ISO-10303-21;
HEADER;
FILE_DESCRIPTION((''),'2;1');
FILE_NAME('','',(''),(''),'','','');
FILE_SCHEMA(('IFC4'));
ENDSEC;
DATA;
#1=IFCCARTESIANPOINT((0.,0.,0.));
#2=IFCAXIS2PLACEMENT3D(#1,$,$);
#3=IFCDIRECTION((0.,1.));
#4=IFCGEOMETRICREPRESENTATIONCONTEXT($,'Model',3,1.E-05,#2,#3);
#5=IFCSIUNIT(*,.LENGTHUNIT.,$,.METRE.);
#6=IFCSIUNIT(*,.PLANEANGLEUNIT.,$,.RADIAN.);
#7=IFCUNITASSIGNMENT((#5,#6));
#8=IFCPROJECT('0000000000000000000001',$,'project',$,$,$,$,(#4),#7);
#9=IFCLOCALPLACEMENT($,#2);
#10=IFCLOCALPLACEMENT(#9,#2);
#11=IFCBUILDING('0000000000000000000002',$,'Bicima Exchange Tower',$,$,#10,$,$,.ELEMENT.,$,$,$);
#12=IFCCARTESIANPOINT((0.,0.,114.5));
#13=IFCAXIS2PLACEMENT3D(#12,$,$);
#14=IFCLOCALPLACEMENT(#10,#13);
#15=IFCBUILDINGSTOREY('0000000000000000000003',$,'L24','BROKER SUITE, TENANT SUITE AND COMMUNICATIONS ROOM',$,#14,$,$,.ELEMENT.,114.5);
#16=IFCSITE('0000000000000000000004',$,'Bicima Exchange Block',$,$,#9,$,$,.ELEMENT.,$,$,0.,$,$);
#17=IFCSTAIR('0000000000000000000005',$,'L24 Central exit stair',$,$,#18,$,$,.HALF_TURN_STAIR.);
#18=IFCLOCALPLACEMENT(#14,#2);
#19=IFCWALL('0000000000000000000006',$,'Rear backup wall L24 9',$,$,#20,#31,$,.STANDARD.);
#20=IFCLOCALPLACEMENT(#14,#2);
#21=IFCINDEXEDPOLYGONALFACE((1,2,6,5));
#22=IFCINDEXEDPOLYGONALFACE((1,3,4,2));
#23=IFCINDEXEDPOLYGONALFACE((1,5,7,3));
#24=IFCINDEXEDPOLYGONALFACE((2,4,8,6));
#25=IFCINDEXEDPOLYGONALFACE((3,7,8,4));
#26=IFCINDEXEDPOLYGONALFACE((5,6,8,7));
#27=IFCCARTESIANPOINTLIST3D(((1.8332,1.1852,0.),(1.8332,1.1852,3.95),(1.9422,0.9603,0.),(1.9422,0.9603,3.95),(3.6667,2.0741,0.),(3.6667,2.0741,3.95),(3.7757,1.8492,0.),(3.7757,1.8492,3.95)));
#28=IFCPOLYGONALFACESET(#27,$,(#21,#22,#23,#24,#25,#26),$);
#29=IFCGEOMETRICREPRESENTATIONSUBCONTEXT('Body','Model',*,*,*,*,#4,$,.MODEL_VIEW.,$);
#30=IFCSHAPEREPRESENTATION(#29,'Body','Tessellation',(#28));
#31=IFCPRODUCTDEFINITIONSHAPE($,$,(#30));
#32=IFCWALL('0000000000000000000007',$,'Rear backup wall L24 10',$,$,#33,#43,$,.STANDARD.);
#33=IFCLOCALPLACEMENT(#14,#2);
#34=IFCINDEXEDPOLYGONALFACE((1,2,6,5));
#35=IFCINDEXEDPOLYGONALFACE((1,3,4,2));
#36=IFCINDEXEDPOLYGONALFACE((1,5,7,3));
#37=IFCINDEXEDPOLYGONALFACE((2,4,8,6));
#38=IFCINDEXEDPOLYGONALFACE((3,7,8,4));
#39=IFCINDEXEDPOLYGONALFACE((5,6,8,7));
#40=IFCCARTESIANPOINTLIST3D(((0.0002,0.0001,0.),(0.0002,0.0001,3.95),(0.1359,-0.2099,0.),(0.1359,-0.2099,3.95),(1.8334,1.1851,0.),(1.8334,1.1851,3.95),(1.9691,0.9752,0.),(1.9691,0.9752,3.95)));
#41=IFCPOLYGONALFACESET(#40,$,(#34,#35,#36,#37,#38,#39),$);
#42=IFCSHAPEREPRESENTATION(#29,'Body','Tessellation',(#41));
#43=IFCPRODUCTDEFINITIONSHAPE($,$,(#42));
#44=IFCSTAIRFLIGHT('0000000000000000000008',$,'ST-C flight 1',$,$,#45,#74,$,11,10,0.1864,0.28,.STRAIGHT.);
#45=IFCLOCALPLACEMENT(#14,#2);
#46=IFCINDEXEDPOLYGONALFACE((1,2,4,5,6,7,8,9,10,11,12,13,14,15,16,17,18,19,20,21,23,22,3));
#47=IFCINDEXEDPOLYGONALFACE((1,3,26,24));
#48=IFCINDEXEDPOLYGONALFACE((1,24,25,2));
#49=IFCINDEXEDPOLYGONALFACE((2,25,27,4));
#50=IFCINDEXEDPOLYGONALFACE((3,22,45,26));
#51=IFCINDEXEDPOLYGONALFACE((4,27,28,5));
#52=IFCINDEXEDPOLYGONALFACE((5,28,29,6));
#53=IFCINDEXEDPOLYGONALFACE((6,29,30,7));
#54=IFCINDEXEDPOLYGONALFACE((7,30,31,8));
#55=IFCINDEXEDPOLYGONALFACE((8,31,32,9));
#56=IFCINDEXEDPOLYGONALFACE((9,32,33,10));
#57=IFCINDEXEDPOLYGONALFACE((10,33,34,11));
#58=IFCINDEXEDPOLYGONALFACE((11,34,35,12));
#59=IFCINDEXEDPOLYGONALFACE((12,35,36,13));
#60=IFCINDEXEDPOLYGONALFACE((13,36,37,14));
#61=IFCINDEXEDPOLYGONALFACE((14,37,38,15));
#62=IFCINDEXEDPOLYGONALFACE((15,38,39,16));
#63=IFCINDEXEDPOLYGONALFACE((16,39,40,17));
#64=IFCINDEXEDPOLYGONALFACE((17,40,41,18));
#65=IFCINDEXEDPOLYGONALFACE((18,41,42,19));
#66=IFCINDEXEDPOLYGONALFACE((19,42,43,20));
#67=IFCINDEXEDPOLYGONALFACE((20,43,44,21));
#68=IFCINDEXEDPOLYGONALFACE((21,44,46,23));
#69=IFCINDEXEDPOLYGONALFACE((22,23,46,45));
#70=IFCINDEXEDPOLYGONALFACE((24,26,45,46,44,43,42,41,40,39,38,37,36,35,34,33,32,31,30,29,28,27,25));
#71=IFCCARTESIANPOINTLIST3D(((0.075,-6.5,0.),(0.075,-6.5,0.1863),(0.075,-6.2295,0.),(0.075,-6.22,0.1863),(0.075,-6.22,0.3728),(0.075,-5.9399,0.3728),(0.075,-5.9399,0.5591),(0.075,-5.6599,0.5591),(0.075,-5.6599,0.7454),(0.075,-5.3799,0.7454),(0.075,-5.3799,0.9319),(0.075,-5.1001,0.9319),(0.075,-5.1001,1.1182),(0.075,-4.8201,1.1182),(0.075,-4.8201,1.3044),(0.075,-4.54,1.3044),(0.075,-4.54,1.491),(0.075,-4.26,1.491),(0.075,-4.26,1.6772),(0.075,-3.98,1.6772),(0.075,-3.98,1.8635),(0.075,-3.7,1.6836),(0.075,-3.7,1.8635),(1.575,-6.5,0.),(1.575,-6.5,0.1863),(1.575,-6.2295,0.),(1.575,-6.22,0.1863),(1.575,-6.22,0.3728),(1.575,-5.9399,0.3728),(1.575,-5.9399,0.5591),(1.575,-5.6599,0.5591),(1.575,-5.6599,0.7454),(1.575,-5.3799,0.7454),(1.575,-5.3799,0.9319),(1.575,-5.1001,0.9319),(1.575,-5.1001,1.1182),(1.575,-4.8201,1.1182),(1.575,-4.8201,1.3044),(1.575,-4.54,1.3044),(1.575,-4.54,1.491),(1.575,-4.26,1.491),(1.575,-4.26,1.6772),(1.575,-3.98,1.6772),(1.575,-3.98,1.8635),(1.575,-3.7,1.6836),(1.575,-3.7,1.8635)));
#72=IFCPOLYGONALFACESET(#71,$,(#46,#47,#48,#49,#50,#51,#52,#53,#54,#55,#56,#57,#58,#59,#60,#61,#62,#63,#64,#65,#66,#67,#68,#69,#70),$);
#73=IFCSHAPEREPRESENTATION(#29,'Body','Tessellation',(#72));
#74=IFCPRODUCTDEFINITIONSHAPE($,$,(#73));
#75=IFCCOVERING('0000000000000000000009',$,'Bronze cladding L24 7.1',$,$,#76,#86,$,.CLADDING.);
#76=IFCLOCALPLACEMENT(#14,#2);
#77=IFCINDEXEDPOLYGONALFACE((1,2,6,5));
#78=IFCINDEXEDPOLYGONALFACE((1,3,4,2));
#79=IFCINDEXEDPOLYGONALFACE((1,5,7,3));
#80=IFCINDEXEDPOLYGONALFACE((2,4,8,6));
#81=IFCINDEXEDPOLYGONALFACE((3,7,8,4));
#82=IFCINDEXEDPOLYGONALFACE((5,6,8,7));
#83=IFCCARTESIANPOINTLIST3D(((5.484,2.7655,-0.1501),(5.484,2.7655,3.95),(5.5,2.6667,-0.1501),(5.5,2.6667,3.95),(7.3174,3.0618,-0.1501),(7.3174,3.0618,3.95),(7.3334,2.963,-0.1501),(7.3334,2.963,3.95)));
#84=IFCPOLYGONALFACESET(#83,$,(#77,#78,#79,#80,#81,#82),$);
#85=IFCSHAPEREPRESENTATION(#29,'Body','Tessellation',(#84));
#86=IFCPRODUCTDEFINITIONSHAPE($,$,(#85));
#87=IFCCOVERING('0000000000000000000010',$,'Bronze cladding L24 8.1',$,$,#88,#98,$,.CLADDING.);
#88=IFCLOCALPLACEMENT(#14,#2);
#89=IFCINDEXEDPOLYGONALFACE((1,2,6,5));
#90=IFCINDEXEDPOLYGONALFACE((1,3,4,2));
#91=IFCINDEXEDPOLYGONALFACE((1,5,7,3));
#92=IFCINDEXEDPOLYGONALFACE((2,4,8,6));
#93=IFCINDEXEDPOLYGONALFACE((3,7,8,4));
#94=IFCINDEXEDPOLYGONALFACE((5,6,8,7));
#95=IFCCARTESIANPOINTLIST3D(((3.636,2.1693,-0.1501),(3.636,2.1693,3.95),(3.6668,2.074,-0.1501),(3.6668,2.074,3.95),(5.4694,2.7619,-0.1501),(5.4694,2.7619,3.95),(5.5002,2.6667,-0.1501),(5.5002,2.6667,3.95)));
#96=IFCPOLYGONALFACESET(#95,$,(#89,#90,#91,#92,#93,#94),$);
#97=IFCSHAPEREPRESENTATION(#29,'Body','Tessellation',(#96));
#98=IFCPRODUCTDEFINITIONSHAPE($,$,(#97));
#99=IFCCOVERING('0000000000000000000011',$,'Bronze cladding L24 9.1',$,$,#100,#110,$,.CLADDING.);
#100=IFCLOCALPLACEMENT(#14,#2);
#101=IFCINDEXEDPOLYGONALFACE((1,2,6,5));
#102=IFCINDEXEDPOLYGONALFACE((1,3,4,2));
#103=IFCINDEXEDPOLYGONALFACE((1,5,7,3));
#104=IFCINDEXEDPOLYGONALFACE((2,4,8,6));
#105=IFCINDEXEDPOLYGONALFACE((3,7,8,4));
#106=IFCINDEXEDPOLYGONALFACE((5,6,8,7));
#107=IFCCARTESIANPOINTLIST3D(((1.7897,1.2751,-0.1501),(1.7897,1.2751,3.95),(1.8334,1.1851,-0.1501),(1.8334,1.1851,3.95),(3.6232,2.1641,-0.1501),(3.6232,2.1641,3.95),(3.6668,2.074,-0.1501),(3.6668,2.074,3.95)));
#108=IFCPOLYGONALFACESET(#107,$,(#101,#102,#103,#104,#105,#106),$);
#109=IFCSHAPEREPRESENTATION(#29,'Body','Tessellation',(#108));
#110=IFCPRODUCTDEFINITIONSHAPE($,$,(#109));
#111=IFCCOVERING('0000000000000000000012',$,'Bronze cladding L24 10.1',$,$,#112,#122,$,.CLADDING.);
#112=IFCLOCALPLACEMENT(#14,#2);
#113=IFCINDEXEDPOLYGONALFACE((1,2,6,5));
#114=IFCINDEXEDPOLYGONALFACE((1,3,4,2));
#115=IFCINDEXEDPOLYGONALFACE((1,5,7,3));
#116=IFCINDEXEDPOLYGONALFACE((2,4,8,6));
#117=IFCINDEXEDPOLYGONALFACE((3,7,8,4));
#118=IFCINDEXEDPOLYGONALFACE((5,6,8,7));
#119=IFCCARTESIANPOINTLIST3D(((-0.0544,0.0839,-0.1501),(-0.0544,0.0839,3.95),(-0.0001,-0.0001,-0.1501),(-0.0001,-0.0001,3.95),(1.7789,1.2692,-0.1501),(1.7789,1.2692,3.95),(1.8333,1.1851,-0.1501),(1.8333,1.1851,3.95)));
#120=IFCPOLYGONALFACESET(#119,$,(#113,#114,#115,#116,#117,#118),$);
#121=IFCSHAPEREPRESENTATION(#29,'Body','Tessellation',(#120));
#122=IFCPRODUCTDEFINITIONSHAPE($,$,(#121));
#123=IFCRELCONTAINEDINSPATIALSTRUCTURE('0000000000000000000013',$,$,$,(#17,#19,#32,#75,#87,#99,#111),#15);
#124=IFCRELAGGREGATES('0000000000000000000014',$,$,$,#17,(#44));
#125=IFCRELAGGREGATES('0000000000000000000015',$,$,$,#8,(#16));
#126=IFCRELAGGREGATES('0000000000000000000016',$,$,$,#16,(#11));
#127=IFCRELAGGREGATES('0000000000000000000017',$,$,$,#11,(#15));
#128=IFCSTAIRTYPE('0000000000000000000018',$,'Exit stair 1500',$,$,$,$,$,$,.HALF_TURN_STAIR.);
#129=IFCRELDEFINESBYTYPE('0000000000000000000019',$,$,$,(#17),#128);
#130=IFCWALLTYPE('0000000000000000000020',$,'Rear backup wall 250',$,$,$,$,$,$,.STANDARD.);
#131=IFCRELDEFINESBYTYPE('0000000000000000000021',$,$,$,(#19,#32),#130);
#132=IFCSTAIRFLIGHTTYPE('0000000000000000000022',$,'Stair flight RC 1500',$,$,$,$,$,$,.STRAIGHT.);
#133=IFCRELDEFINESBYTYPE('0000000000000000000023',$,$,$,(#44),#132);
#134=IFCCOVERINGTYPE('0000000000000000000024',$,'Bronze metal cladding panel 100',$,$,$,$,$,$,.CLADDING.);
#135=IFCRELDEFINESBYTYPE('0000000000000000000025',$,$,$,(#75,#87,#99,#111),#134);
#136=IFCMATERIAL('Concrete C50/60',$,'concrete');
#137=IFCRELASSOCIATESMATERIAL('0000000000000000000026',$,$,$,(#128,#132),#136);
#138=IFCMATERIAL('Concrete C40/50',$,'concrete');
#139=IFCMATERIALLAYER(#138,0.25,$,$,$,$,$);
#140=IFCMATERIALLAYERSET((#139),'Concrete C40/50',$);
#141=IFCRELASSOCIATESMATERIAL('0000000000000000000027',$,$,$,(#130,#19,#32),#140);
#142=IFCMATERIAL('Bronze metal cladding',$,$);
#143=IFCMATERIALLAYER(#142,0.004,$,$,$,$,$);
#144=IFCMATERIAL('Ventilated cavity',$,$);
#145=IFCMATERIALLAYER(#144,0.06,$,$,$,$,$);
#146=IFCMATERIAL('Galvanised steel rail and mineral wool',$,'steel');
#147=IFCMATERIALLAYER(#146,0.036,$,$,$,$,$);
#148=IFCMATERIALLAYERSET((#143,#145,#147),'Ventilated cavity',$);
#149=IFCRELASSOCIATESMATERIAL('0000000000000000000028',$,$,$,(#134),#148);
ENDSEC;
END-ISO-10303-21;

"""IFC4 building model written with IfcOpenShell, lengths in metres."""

from ifc_helpers import new_model, si_unit, direction, frame, frame_2d, origin, origin_2d, place, context, subcontext, project, spatial, polyline, rectangle, outline, extrude, material, layer, layer_set, layer_usage, type_object, element, aggregate, save


model = new_model("IFC4")

# Units and contexts
model_context = context("Model", 3, precision=1e-05, world=origin(), true_north=direction((0.0, 1.0)))
body_context = subcontext(model_context, "Body", "Model", "MODEL_VIEW")
ifc_project = project(units=[si_unit("LENGTHUNIT", "METRE"), si_unit("PLANEANGLEUNIT", "RADIAN")], contexts=[model_context])

# Site, building, storey
site_placement = place(None, origin())
site = spatial("IfcSite", under=ifc_project, at=site_placement, Name="Bicima Exchange Block", CompositionType="ELEMENT", RefElevation=0.0)
building_placement = place(site_placement, origin())
building = spatial("IfcBuilding", under=site, at=building_placement, Name="Bicima Exchange Tower", CompositionType="ELEMENT")
storey_placement = place(building_placement, frame((0.0, 0.0, 114.5)))
storey = spatial("IfcBuildingStorey", under=building, at=storey_placement, Name="L24", Description="BROKER SUITE, TENANT SUITE AND COMMUNICATIONS ROOM", CompositionType="ELEMENT", Elevation=114.5)

# Shared definitions
ifc_material_1 = material(Name="Concrete C40/50", Category="concrete")

# Stair
ifc_material_2 = material(Name="Concrete C50/60", Category="concrete")
stair_type_1 = type_object("IfcStairType", Name="Exit stair 1500", PredefinedType="HALF_TURN_STAIR", material=ifc_material_2)
stair_1_placement = place(storey_placement, origin())
stair_1 = element("IfcStair", 1, at=stair_1_placement, inside=storey, type_object=stair_type_1, Name="L24 Central exit stair", PredefinedType="HALF_TURN_STAIR")

# Walls
ifc_layer_1 = layer(ifc_material_1, 0.25)
ifc_layer_set_1 = layer_set([ifc_layer_1], Name="Concrete C40/50")
ifc_layer_usage = layer_usage(ifc_layer_set_1, "AXIS2", "POSITIVE", -0.125)
wall_type_1 = type_object("IfcWallType", Name="Rear backup wall 250", PredefinedType="STANDARD", material=ifc_layer_set_1)
wall_1_placement = place(storey_placement, frame((3.7212, 1.9617, 0.0), z_axis=(0.0, 0.0, 1.0), x_axis=(-0.899824, -0.436253, 0.0)))
element("IfcWall", 2, at=wall_1_placement, inside=storey, type_object=wall_type_1, material=ifc_layer_usage, Name="Rear backup wall L24 9", PredefinedType="STANDARD", context=body_context, shape_type="SweptSolid", body=[
    extrude(rectangle(XDim=2.0376, YDim=0.25, at=frame_2d((1.0188, 0.0))), origin(), (0.0, 0.0, 1.0), 3.95),
])
wall_2_placement = place(storey_placement, frame((1.9011, 1.0801, 0.0), z_axis=(0.0, 0.0, 1.0), x_axis=(-0.839813, -0.542876, 0.0)))
element("IfcWall", 3, at=wall_2_placement, inside=storey, type_object=wall_type_1, material=ifc_layer_usage, Name="Rear backup wall L24 10", PredefinedType="STANDARD", context=body_context, shape_type="SweptSolid", body=[
    extrude(rectangle(XDim=2.1829, YDim=0.25, at=frame_2d((1.0913, 0.0))), origin(), (0.0, 0.0, 1.0), 3.95),
])

# Stair flight
stair_flight_type = type_object("IfcStairFlightType", Name="Stair flight RC 1500", PredefinedType="STRAIGHT", material=ifc_material_2)
stair_flight_placement = place(storey_placement, frame((0.825, -6.5, 0.0), z_axis=(0.0, 0.0, 1.0), x_axis=(0.0, 1.0, 0.0)))
stair_flight = element("IfcStairFlight", 4, at=stair_flight_placement, type_object=stair_flight_type, Name="ST-C flight 1", NumberOfRisers=11, NumberOfTreads=10, PredefinedType="STRAIGHT", RiserHeight=0.1864, TreadLength=0.28, context=body_context, shape_type="SweptSolid", body=[
    extrude(outline(polyline([(0.0, 0.0), (0.0, 0.1863), (0.28, 0.1863), (0.28, 0.3728), (0.5601, 0.3728), (0.5601, 0.5591), (0.8401, 0.5591), (0.8401, 0.7454), (1.1201, 0.7454), (1.1201, 0.9319), (1.3999, 0.9319), (1.3999, 1.1182), (1.6799, 1.1182), (1.6799, 1.3044), (1.96, 1.3044), (1.96, 1.491), (2.24, 1.491), (2.24, 1.6772), (2.52, 1.6772), (2.52, 1.8635), (2.8, 1.8635), (2.8, 2.05), (2.8, 1.6836), (0.2705, 0.0), (0.0, 0.0)])), frame((0.0, 0.75, 0.0), z_axis=(0.0, -1.0, 0.0), x_axis=(1.0, 0.0, 0.0)), (0.0, 0.0, 1.0), 1.5),
])
aggregate(stair_1, [stair_flight])

# Coverings
ifc_material_3 = material(Name="Bronze metal cladding")
ifc_layer_2 = layer(ifc_material_3, 0.004)
ifc_material_4 = material(Name="Ventilated cavity")
ifc_layer_3 = layer(ifc_material_4, 0.06)
ifc_material_5 = material(Name="Galvanised steel rail and mineral wool", Category="steel")
ifc_layer_4 = layer(ifc_material_5, 0.036)
ifc_layer_set_2 = layer_set([ifc_layer_2, ifc_layer_3, ifc_layer_4], Name="Ventilated cavity")
covering_type = type_object("IfcCoveringType", Name="Bronze metal cladding panel 100", PredefinedType="CLADDING", material=ifc_layer_set_2)
covering_1_placement = place(storey_placement, frame((6.4087, 2.8643, -0.1501), z_axis=(0.0, 0.0, 1.0), x_axis=(-0.98719, -0.15955, 0.0)))
element("IfcCovering", 5, at=covering_1_placement, inside=storey, type_object=covering_type, Name="Bronze cladding L24 7.1", PredefinedType="CLADDING", context=body_context, shape_type="SweptSolid", body=[
    extrude(rectangle(XDim=1.8572, YDim=0.1001, at=origin_2d()), origin(), (0.0, 0.0, 1.0), 4.1001),
])
covering_2_placement = place(storey_placement, frame((4.5681, 2.418, -0.1501), z_axis=(0.0, 0.0, 1.0), x_axis=(-0.951525, -0.307573, 0.0)))
element("IfcCovering", 6, at=covering_2_placement, inside=storey, type_object=covering_type, Name="Bronze cladding L24 8.1", PredefinedType="CLADDING", context=body_context, shape_type="SweptSolid", body=[
    extrude(rectangle(XDim=1.9268, YDim=0.1001, at=origin_2d()), origin(), (0.0, 0.0, 1.0), 4.1001),
])
covering_3_placement = place(storey_placement, frame((2.7283, 1.6746, -0.1501), z_axis=(0.0, 0.0, 1.0), x_axis=(-0.899818, -0.436265, 0.0)))
element("IfcCovering", 7, at=covering_3_placement, inside=storey, type_object=covering_type, Name="Bronze cladding L24 9.1", PredefinedType="CLADDING", context=body_context, shape_type="SweptSolid", body=[
    extrude(rectangle(XDim=2.0376, YDim=0.1001, at=origin_2d()), origin(), (0.0, 0.0, 1.0), 4.1001),
])
covering_4_placement = place(storey_placement, frame((0.8894, 0.6345, -0.1501), z_axis=(0.0, 0.0, 1.0), x_axis=(-0.83979, -0.542911, 0.0)))
element("IfcCovering", 8, at=covering_4_placement, inside=storey, type_object=covering_type, Name="Bronze cladding L24 10.1", PredefinedType="CLADDING", context=body_context, shape_type="SweptSolid", body=[
    extrude(rectangle(XDim=2.1831, YDim=0.1001, at=origin_2d()), origin(), (0.0, 0.0, 1.0), 4.1001),
])

save(model, "model.ifc")
